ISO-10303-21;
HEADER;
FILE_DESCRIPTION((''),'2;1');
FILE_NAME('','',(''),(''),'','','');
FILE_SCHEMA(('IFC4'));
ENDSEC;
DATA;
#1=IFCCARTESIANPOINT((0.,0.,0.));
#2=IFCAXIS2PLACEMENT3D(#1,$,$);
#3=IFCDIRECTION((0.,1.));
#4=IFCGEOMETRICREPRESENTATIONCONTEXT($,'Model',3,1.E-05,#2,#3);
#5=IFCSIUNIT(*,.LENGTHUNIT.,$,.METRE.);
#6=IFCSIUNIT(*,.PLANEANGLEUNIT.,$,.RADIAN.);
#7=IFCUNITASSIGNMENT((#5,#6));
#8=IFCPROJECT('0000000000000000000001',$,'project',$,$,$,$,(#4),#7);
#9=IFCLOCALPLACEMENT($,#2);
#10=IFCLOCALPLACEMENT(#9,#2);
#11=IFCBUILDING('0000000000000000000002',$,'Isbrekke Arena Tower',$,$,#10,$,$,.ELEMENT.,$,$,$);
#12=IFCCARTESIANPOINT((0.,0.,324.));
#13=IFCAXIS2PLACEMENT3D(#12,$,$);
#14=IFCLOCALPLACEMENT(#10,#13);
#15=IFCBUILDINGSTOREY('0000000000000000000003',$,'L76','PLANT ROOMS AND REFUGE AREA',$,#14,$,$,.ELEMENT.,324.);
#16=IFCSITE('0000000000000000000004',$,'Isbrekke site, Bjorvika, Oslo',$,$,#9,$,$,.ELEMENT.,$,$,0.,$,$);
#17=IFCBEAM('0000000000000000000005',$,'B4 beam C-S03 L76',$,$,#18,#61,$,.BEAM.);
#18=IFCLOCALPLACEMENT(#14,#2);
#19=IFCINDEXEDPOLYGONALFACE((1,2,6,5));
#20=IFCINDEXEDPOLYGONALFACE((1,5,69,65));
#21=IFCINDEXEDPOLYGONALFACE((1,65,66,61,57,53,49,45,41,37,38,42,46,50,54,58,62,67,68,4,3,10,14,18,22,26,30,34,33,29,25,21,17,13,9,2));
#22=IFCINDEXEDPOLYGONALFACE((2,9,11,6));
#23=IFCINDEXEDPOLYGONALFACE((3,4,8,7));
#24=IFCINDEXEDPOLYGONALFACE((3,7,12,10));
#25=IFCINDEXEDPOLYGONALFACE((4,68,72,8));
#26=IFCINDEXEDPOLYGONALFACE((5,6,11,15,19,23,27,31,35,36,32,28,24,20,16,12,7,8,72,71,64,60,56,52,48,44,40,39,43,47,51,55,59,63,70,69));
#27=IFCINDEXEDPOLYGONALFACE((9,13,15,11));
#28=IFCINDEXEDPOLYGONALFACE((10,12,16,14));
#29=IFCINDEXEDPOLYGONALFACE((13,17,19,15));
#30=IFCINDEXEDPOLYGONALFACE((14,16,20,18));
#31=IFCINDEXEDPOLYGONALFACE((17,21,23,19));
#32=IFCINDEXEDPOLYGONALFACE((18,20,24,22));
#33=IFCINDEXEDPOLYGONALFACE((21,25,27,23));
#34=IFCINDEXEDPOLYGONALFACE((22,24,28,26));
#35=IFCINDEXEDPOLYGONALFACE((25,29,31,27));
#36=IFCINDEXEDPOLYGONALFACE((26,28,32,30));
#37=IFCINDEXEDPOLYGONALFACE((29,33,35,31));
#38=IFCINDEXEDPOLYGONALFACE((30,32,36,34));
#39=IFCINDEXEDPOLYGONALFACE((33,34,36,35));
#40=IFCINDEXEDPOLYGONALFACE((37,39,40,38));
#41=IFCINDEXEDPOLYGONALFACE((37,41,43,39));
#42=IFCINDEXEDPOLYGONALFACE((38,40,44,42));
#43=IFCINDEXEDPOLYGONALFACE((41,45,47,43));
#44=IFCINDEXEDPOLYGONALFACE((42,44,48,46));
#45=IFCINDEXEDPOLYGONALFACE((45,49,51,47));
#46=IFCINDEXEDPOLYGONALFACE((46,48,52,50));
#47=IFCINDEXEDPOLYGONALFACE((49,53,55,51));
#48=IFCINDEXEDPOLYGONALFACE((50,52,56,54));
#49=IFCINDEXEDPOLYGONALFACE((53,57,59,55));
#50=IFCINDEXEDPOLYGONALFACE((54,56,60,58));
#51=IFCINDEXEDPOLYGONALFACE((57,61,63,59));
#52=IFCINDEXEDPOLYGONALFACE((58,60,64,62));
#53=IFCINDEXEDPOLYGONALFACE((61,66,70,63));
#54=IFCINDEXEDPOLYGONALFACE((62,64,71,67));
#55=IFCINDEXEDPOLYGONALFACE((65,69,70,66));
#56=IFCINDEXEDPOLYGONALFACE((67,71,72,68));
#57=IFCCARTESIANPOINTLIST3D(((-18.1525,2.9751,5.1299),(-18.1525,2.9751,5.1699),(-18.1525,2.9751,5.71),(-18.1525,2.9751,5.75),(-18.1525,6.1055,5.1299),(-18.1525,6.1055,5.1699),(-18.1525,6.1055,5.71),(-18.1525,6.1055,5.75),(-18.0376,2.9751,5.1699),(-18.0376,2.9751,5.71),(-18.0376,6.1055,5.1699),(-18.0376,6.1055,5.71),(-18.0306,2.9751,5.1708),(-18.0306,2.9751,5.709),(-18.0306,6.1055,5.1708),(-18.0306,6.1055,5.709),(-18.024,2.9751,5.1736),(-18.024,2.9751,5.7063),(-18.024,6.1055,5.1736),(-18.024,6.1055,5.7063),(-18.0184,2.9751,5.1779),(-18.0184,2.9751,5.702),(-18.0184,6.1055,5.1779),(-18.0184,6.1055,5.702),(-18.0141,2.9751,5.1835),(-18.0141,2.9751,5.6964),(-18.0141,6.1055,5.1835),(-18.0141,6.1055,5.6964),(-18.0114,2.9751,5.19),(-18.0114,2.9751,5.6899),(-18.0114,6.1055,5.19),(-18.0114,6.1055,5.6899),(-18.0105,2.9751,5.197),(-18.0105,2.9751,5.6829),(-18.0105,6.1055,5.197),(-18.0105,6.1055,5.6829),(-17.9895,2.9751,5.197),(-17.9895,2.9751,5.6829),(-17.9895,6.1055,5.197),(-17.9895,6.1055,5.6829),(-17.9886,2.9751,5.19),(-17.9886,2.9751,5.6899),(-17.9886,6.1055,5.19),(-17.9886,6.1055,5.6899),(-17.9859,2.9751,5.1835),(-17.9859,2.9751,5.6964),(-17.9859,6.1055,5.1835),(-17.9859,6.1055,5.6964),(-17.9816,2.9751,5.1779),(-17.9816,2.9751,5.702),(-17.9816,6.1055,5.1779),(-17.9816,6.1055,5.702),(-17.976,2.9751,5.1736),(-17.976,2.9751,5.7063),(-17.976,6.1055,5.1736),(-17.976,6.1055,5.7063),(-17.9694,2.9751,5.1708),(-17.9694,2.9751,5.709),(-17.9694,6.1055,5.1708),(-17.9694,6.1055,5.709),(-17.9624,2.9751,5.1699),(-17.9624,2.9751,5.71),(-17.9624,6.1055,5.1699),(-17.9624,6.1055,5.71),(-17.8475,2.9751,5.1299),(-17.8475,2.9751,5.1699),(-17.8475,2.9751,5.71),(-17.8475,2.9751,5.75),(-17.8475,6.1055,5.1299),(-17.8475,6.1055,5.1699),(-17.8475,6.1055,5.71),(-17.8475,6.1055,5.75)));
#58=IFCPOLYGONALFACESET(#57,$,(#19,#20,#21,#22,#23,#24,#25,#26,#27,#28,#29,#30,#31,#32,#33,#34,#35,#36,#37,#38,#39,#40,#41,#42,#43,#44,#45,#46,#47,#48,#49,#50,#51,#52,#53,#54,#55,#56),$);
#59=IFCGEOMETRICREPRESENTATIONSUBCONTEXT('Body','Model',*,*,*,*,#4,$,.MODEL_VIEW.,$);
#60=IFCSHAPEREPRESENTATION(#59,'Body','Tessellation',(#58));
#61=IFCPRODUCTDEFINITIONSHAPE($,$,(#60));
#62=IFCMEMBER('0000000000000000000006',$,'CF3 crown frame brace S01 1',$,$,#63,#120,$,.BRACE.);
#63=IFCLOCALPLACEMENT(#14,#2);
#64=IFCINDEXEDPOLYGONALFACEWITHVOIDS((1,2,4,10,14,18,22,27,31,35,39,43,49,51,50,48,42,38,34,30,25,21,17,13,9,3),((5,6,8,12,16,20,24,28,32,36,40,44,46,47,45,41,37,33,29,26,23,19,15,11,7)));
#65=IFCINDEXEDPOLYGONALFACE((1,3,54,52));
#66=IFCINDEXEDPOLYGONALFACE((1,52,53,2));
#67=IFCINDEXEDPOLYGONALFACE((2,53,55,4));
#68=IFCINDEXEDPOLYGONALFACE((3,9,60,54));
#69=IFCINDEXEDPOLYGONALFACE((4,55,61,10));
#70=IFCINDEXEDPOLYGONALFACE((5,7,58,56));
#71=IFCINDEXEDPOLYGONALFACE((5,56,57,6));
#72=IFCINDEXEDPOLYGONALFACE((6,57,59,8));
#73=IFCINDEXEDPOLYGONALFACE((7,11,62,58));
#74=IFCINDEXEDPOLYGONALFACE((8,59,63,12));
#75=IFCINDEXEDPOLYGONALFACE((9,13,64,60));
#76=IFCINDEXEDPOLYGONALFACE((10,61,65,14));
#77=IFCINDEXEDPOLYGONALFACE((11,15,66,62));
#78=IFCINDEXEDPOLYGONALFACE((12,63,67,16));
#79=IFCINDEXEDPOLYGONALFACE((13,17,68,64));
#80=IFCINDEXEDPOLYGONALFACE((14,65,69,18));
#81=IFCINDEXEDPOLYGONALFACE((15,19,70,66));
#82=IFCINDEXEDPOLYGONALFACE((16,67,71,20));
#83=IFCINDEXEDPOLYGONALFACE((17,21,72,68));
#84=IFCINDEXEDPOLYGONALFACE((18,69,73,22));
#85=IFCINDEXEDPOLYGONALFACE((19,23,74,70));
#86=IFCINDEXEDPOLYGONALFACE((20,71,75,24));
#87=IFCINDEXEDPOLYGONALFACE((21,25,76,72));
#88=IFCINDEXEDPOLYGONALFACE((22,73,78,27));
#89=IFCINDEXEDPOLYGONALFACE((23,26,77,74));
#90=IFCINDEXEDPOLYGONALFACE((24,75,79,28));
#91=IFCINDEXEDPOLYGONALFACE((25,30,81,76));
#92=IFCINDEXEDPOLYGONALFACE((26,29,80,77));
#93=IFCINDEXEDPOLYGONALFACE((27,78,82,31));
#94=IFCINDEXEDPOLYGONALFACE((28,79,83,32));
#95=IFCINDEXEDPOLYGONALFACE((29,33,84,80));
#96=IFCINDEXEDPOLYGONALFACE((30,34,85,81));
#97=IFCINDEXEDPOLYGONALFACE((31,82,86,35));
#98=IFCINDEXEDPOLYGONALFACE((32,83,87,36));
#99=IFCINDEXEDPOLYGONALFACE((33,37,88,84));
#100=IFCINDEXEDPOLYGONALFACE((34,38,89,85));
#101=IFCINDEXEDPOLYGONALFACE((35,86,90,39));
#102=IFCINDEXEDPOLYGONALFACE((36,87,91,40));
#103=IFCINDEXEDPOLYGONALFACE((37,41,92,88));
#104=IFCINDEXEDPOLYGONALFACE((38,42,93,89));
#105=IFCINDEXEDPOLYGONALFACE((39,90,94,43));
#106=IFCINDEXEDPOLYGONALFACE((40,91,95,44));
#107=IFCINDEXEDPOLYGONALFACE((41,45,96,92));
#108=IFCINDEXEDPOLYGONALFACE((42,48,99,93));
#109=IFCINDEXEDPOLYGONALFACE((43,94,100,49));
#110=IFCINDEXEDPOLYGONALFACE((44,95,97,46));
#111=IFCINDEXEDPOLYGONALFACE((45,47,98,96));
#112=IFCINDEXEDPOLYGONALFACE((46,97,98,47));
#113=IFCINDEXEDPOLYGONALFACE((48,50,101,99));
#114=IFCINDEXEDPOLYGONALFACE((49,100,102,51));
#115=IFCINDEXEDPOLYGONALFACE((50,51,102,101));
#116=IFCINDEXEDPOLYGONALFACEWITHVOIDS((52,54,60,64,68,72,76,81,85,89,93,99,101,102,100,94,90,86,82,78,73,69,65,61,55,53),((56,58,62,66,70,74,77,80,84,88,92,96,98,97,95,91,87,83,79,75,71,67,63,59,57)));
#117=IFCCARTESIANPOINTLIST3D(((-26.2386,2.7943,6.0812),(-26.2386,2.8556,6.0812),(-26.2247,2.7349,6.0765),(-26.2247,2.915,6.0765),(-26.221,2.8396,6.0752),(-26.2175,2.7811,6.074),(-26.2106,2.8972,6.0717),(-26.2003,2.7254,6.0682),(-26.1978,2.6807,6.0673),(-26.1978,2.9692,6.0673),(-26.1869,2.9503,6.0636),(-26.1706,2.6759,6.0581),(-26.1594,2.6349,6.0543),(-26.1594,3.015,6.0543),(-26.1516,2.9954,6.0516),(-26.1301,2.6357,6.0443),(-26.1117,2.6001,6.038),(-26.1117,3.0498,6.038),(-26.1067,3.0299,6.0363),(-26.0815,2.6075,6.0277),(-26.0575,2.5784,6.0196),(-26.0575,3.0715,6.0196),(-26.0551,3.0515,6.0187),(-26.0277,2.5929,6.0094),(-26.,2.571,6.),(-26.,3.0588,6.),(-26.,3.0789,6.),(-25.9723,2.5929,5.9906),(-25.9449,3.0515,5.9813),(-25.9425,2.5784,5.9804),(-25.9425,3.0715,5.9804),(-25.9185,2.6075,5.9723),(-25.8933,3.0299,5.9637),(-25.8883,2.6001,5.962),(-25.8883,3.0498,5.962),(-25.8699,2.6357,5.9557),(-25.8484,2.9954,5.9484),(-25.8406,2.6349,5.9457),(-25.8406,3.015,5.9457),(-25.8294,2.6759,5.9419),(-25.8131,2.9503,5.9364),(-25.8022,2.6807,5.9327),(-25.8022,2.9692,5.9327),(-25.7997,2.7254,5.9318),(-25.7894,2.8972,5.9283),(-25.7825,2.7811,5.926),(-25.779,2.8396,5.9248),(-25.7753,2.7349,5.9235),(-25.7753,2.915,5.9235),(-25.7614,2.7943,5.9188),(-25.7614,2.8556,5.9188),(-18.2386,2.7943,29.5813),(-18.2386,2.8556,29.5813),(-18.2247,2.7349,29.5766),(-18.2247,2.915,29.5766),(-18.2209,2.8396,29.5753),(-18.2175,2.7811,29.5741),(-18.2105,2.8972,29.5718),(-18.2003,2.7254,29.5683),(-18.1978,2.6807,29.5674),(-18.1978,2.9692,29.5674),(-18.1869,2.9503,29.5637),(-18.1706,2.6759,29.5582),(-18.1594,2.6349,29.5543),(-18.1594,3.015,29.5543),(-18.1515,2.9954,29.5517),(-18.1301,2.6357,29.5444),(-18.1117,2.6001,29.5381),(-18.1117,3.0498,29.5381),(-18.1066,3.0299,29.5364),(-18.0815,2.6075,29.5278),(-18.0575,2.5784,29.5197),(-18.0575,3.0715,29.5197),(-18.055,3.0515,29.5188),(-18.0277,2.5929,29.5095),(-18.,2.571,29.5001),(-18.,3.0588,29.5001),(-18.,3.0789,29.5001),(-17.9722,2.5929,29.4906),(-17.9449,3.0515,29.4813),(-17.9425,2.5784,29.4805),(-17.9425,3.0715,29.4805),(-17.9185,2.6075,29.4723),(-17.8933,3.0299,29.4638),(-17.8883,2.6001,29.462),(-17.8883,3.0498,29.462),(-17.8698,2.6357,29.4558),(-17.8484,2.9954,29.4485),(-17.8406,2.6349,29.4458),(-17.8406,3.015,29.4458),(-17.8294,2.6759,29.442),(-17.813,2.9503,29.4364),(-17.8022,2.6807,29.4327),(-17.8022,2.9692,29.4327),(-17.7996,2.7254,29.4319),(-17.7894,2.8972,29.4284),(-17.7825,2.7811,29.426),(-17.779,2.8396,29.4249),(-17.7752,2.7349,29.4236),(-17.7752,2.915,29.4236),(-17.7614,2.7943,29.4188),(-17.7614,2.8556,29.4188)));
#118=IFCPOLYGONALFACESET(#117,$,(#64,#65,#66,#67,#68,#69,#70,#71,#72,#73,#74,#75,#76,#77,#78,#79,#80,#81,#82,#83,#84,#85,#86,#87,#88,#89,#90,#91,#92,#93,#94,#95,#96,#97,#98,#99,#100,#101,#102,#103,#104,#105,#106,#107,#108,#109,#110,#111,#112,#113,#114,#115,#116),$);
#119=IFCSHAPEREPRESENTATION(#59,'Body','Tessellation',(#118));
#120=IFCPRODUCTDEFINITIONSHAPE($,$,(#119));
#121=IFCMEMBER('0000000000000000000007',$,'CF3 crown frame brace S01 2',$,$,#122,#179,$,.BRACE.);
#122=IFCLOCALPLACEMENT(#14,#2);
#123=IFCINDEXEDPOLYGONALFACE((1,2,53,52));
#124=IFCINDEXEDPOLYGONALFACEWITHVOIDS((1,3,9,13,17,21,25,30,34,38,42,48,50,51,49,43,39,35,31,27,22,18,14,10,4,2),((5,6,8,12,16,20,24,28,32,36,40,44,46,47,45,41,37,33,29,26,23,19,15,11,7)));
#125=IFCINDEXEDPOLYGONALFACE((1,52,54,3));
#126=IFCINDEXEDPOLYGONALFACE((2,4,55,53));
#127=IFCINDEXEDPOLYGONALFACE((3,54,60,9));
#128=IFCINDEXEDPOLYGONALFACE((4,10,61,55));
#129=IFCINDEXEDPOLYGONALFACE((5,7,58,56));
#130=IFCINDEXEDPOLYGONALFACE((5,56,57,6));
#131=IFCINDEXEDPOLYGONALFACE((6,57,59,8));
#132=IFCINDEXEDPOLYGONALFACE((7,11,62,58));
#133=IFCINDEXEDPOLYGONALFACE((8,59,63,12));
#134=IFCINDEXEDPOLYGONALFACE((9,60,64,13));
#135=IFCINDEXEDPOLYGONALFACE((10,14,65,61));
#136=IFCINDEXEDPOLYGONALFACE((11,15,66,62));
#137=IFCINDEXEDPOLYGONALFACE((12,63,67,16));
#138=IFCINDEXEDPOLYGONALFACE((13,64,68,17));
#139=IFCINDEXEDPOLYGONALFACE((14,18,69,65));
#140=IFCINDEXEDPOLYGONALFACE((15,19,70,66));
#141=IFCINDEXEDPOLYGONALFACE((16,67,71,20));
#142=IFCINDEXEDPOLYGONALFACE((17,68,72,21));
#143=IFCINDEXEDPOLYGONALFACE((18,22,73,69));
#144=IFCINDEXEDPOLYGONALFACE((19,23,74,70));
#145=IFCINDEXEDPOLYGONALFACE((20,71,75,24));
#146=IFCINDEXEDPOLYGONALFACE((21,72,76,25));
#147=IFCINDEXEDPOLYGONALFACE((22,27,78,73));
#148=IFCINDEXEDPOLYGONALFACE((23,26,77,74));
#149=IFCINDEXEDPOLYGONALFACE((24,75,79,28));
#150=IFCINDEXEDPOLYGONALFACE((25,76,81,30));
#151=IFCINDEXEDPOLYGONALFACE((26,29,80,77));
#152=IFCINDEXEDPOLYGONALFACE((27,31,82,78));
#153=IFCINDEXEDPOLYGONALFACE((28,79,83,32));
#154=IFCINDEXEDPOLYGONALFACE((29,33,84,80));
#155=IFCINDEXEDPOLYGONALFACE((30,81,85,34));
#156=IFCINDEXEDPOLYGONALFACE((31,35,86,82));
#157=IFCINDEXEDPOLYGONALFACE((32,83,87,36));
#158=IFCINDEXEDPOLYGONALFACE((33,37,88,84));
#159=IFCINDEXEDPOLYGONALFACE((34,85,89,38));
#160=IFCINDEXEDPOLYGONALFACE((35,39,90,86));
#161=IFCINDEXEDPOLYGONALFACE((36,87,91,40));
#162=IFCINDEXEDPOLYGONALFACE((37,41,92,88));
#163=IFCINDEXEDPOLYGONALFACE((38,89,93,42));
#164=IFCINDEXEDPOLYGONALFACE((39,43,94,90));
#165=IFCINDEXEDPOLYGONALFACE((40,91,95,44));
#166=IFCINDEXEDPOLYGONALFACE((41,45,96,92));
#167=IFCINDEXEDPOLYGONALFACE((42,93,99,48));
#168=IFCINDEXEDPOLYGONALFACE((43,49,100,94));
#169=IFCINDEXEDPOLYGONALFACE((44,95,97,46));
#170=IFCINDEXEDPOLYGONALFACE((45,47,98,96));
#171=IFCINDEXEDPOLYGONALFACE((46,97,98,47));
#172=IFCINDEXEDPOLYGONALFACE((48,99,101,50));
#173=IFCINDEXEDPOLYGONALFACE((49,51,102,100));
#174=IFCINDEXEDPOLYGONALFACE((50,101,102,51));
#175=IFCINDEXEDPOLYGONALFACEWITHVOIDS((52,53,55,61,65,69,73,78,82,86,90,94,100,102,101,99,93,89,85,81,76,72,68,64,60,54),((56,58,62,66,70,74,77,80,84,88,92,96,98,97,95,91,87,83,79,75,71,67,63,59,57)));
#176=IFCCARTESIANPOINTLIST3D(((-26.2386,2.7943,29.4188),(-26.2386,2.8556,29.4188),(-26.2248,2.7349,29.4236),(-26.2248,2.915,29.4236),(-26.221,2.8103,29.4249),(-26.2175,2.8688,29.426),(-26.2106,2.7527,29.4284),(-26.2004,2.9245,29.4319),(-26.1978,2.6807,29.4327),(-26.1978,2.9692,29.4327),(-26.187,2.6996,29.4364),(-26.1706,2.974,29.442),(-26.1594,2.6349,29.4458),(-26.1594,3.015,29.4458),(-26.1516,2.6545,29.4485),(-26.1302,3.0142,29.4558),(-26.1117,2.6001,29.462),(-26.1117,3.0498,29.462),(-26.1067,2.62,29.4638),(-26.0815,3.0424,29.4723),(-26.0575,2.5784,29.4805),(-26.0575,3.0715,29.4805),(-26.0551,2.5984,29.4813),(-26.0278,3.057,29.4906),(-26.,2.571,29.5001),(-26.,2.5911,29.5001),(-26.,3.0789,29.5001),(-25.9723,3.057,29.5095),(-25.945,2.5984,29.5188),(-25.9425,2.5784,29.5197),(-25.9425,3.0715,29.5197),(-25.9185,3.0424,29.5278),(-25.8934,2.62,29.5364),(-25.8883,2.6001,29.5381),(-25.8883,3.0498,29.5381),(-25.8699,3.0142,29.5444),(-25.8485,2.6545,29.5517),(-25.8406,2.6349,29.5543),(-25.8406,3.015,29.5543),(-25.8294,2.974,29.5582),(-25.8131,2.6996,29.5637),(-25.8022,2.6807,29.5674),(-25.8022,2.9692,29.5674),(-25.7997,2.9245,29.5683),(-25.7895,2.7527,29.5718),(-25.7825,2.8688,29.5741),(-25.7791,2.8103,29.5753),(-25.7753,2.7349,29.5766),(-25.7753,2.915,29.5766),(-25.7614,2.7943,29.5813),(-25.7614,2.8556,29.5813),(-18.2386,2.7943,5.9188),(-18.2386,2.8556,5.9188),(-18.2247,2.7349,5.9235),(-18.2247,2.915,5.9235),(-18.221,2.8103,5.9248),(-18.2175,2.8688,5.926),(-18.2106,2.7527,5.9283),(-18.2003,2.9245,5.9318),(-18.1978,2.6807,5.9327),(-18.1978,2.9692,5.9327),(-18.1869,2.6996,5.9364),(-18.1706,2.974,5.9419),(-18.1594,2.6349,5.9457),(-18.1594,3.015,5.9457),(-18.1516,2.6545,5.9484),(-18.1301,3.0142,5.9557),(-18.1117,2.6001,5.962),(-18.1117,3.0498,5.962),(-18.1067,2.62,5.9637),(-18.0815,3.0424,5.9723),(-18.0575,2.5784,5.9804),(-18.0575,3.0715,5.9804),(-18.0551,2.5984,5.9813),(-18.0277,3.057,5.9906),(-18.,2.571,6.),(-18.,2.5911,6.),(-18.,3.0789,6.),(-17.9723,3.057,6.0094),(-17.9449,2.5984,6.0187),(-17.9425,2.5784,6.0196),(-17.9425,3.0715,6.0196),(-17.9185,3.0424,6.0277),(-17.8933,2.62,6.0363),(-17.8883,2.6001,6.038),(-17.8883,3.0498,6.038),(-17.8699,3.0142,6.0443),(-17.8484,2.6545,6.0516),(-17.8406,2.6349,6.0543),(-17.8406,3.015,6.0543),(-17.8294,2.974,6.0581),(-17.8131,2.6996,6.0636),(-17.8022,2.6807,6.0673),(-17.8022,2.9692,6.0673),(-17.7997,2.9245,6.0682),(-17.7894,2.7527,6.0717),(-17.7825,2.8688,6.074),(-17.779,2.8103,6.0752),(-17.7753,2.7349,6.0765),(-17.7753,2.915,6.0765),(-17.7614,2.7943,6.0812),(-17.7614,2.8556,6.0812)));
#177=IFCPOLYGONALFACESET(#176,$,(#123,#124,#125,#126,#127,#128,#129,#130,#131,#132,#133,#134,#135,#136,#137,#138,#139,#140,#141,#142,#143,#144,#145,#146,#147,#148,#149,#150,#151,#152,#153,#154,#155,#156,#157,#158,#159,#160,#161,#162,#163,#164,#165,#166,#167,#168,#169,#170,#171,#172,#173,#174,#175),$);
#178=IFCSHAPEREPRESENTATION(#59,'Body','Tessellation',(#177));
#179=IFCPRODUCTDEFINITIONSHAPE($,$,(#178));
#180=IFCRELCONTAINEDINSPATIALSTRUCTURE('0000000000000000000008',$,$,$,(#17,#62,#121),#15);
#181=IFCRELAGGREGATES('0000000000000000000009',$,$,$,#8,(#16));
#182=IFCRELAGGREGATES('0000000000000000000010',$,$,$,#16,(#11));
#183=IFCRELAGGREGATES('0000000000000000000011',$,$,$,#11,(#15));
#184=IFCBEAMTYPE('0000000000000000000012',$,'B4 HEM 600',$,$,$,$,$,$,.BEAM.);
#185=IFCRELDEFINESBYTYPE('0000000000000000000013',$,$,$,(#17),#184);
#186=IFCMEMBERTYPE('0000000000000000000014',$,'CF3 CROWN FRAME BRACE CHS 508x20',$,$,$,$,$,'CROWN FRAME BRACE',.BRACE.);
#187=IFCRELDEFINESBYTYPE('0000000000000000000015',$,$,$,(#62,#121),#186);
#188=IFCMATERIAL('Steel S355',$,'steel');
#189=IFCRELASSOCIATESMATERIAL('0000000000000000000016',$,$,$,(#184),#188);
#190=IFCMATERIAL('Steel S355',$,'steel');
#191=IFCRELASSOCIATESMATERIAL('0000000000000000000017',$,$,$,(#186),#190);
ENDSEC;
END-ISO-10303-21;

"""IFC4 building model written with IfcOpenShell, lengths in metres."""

from ifc_helpers import new_model, si_unit, direction, frame, origin, origin_2d, place, context, subcontext, project, spatial, hollow_circle, i_section, extrude, material, material_profile, profile_set, type_object, element, save


model = new_model("IFC4")

# Units and contexts
model_context = context("Model", 3, precision=1e-05, world=origin(), true_north=direction((0.0, 1.0)))
body_context = subcontext(model_context, "Body", "Model", "MODEL_VIEW")
ifc_project = project(units=[si_unit("LENGTHUNIT", "METRE"), si_unit("PLANEANGLEUNIT", "RADIAN")], contexts=[model_context])

# Site, building, storey
site_placement = place(None, origin())
site = spatial("IfcSite", under=ifc_project, at=site_placement, Name="Isbrekke site, Bjorvika, Oslo", CompositionType="ELEMENT", RefElevation=0.0)
building_placement = place(site_placement, origin())
building = spatial("IfcBuilding", under=site, at=building_placement, Name="Isbrekke Arena Tower", CompositionType="ELEMENT")
storey_placement = place(building_placement, frame((0.0, 0.0, 324.0)))
storey = spatial("IfcBuildingStorey", under=building, at=storey_placement, Name="L76", Description="PLANT ROOMS AND REFUGE AREA", CompositionType="ELEMENT", Elevation=324.0)

# Beam
ifc_material_1 = material(Name="Steel S355", Category="steel")
ifc_material_profile_1 = material_profile(ifc_material_1, i_section(OverallWidth=0.3049, OverallDepth=0.6201, WebThickness=0.021, FlangeThickness=0.04, FilletRadius=0.0271, at=origin_2d()), Name="HEM 600")
ifc_profile_set_1 = profile_set([ifc_material_profile_1], Name="Steel S355")
beam_type_1 = type_object("IfcBeamType", Name="B4 HEM 600", PredefinedType="BEAM", material=ifc_profile_set_1)
beam_1_placement = place(storey_placement, frame((-18.0, 2.9751, 5.4399), z_axis=(0.0, 1.0, 0.0), x_axis=(-1.0, 0.0, 0.0)))
element("IfcBeam", 1, at=beam_1_placement, inside=storey, type_object=beam_type_1, Name="B4 beam C-S03 L76", PredefinedType="BEAM", context=body_context, shape_type="SweptSolid", body=[
    extrude(i_section(OverallWidth=0.3049, OverallDepth=0.6201, WebThickness=0.021, FlangeThickness=0.04, FilletRadius=0.0271, at=origin_2d()), origin(), (0.0, 0.0, 1.0), 3.1304),
])

# Members
ifc_material_2 = material(Name="Steel S355", Category="steel")
ifc_material_profile_2 = material_profile(ifc_material_2, hollow_circle(Radius=0.2539, WallThickness=0.02, at=origin_2d()), Name="CHS 508x20")
ifc_profile_set_2 = profile_set([ifc_material_profile_2], Name="Steel S355")
member_type = type_object("IfcMemberType", Name="CF3 CROWN FRAME BRACE CHS 508x20", ElementType="CROWN FRAME BRACE", PredefinedType="BRACE", material=ifc_profile_set_2)
for number, where, z_axis, x_axis, name in (
    (2, (-26.0, 2.825, 6.0), (0.322264, 0.0, 0.94665), (0.0, 1.0, 0.0), "CF3 crown frame brace S01 1"),
    (3, (-18.0, 2.825, 6.0), (-0.322264, 0.0, 0.94665), (0.0, -1.0, 0.0), "CF3 crown frame brace S01 2"),
):
    element("IfcMember", number, at=place(storey_placement, frame(where, z_axis=z_axis, x_axis=x_axis)), inside=storey, type_object=member_type, Name=name, PredefinedType="BRACE", context=body_context, shape_type="SweptSolid", body=[
        extrude(hollow_circle(Radius=0.2539, WallThickness=0.02, at=origin_2d()), origin(), (0.0, 0.0, 1.0), 24.8245),
    ])

save(model, "model.ifc")
